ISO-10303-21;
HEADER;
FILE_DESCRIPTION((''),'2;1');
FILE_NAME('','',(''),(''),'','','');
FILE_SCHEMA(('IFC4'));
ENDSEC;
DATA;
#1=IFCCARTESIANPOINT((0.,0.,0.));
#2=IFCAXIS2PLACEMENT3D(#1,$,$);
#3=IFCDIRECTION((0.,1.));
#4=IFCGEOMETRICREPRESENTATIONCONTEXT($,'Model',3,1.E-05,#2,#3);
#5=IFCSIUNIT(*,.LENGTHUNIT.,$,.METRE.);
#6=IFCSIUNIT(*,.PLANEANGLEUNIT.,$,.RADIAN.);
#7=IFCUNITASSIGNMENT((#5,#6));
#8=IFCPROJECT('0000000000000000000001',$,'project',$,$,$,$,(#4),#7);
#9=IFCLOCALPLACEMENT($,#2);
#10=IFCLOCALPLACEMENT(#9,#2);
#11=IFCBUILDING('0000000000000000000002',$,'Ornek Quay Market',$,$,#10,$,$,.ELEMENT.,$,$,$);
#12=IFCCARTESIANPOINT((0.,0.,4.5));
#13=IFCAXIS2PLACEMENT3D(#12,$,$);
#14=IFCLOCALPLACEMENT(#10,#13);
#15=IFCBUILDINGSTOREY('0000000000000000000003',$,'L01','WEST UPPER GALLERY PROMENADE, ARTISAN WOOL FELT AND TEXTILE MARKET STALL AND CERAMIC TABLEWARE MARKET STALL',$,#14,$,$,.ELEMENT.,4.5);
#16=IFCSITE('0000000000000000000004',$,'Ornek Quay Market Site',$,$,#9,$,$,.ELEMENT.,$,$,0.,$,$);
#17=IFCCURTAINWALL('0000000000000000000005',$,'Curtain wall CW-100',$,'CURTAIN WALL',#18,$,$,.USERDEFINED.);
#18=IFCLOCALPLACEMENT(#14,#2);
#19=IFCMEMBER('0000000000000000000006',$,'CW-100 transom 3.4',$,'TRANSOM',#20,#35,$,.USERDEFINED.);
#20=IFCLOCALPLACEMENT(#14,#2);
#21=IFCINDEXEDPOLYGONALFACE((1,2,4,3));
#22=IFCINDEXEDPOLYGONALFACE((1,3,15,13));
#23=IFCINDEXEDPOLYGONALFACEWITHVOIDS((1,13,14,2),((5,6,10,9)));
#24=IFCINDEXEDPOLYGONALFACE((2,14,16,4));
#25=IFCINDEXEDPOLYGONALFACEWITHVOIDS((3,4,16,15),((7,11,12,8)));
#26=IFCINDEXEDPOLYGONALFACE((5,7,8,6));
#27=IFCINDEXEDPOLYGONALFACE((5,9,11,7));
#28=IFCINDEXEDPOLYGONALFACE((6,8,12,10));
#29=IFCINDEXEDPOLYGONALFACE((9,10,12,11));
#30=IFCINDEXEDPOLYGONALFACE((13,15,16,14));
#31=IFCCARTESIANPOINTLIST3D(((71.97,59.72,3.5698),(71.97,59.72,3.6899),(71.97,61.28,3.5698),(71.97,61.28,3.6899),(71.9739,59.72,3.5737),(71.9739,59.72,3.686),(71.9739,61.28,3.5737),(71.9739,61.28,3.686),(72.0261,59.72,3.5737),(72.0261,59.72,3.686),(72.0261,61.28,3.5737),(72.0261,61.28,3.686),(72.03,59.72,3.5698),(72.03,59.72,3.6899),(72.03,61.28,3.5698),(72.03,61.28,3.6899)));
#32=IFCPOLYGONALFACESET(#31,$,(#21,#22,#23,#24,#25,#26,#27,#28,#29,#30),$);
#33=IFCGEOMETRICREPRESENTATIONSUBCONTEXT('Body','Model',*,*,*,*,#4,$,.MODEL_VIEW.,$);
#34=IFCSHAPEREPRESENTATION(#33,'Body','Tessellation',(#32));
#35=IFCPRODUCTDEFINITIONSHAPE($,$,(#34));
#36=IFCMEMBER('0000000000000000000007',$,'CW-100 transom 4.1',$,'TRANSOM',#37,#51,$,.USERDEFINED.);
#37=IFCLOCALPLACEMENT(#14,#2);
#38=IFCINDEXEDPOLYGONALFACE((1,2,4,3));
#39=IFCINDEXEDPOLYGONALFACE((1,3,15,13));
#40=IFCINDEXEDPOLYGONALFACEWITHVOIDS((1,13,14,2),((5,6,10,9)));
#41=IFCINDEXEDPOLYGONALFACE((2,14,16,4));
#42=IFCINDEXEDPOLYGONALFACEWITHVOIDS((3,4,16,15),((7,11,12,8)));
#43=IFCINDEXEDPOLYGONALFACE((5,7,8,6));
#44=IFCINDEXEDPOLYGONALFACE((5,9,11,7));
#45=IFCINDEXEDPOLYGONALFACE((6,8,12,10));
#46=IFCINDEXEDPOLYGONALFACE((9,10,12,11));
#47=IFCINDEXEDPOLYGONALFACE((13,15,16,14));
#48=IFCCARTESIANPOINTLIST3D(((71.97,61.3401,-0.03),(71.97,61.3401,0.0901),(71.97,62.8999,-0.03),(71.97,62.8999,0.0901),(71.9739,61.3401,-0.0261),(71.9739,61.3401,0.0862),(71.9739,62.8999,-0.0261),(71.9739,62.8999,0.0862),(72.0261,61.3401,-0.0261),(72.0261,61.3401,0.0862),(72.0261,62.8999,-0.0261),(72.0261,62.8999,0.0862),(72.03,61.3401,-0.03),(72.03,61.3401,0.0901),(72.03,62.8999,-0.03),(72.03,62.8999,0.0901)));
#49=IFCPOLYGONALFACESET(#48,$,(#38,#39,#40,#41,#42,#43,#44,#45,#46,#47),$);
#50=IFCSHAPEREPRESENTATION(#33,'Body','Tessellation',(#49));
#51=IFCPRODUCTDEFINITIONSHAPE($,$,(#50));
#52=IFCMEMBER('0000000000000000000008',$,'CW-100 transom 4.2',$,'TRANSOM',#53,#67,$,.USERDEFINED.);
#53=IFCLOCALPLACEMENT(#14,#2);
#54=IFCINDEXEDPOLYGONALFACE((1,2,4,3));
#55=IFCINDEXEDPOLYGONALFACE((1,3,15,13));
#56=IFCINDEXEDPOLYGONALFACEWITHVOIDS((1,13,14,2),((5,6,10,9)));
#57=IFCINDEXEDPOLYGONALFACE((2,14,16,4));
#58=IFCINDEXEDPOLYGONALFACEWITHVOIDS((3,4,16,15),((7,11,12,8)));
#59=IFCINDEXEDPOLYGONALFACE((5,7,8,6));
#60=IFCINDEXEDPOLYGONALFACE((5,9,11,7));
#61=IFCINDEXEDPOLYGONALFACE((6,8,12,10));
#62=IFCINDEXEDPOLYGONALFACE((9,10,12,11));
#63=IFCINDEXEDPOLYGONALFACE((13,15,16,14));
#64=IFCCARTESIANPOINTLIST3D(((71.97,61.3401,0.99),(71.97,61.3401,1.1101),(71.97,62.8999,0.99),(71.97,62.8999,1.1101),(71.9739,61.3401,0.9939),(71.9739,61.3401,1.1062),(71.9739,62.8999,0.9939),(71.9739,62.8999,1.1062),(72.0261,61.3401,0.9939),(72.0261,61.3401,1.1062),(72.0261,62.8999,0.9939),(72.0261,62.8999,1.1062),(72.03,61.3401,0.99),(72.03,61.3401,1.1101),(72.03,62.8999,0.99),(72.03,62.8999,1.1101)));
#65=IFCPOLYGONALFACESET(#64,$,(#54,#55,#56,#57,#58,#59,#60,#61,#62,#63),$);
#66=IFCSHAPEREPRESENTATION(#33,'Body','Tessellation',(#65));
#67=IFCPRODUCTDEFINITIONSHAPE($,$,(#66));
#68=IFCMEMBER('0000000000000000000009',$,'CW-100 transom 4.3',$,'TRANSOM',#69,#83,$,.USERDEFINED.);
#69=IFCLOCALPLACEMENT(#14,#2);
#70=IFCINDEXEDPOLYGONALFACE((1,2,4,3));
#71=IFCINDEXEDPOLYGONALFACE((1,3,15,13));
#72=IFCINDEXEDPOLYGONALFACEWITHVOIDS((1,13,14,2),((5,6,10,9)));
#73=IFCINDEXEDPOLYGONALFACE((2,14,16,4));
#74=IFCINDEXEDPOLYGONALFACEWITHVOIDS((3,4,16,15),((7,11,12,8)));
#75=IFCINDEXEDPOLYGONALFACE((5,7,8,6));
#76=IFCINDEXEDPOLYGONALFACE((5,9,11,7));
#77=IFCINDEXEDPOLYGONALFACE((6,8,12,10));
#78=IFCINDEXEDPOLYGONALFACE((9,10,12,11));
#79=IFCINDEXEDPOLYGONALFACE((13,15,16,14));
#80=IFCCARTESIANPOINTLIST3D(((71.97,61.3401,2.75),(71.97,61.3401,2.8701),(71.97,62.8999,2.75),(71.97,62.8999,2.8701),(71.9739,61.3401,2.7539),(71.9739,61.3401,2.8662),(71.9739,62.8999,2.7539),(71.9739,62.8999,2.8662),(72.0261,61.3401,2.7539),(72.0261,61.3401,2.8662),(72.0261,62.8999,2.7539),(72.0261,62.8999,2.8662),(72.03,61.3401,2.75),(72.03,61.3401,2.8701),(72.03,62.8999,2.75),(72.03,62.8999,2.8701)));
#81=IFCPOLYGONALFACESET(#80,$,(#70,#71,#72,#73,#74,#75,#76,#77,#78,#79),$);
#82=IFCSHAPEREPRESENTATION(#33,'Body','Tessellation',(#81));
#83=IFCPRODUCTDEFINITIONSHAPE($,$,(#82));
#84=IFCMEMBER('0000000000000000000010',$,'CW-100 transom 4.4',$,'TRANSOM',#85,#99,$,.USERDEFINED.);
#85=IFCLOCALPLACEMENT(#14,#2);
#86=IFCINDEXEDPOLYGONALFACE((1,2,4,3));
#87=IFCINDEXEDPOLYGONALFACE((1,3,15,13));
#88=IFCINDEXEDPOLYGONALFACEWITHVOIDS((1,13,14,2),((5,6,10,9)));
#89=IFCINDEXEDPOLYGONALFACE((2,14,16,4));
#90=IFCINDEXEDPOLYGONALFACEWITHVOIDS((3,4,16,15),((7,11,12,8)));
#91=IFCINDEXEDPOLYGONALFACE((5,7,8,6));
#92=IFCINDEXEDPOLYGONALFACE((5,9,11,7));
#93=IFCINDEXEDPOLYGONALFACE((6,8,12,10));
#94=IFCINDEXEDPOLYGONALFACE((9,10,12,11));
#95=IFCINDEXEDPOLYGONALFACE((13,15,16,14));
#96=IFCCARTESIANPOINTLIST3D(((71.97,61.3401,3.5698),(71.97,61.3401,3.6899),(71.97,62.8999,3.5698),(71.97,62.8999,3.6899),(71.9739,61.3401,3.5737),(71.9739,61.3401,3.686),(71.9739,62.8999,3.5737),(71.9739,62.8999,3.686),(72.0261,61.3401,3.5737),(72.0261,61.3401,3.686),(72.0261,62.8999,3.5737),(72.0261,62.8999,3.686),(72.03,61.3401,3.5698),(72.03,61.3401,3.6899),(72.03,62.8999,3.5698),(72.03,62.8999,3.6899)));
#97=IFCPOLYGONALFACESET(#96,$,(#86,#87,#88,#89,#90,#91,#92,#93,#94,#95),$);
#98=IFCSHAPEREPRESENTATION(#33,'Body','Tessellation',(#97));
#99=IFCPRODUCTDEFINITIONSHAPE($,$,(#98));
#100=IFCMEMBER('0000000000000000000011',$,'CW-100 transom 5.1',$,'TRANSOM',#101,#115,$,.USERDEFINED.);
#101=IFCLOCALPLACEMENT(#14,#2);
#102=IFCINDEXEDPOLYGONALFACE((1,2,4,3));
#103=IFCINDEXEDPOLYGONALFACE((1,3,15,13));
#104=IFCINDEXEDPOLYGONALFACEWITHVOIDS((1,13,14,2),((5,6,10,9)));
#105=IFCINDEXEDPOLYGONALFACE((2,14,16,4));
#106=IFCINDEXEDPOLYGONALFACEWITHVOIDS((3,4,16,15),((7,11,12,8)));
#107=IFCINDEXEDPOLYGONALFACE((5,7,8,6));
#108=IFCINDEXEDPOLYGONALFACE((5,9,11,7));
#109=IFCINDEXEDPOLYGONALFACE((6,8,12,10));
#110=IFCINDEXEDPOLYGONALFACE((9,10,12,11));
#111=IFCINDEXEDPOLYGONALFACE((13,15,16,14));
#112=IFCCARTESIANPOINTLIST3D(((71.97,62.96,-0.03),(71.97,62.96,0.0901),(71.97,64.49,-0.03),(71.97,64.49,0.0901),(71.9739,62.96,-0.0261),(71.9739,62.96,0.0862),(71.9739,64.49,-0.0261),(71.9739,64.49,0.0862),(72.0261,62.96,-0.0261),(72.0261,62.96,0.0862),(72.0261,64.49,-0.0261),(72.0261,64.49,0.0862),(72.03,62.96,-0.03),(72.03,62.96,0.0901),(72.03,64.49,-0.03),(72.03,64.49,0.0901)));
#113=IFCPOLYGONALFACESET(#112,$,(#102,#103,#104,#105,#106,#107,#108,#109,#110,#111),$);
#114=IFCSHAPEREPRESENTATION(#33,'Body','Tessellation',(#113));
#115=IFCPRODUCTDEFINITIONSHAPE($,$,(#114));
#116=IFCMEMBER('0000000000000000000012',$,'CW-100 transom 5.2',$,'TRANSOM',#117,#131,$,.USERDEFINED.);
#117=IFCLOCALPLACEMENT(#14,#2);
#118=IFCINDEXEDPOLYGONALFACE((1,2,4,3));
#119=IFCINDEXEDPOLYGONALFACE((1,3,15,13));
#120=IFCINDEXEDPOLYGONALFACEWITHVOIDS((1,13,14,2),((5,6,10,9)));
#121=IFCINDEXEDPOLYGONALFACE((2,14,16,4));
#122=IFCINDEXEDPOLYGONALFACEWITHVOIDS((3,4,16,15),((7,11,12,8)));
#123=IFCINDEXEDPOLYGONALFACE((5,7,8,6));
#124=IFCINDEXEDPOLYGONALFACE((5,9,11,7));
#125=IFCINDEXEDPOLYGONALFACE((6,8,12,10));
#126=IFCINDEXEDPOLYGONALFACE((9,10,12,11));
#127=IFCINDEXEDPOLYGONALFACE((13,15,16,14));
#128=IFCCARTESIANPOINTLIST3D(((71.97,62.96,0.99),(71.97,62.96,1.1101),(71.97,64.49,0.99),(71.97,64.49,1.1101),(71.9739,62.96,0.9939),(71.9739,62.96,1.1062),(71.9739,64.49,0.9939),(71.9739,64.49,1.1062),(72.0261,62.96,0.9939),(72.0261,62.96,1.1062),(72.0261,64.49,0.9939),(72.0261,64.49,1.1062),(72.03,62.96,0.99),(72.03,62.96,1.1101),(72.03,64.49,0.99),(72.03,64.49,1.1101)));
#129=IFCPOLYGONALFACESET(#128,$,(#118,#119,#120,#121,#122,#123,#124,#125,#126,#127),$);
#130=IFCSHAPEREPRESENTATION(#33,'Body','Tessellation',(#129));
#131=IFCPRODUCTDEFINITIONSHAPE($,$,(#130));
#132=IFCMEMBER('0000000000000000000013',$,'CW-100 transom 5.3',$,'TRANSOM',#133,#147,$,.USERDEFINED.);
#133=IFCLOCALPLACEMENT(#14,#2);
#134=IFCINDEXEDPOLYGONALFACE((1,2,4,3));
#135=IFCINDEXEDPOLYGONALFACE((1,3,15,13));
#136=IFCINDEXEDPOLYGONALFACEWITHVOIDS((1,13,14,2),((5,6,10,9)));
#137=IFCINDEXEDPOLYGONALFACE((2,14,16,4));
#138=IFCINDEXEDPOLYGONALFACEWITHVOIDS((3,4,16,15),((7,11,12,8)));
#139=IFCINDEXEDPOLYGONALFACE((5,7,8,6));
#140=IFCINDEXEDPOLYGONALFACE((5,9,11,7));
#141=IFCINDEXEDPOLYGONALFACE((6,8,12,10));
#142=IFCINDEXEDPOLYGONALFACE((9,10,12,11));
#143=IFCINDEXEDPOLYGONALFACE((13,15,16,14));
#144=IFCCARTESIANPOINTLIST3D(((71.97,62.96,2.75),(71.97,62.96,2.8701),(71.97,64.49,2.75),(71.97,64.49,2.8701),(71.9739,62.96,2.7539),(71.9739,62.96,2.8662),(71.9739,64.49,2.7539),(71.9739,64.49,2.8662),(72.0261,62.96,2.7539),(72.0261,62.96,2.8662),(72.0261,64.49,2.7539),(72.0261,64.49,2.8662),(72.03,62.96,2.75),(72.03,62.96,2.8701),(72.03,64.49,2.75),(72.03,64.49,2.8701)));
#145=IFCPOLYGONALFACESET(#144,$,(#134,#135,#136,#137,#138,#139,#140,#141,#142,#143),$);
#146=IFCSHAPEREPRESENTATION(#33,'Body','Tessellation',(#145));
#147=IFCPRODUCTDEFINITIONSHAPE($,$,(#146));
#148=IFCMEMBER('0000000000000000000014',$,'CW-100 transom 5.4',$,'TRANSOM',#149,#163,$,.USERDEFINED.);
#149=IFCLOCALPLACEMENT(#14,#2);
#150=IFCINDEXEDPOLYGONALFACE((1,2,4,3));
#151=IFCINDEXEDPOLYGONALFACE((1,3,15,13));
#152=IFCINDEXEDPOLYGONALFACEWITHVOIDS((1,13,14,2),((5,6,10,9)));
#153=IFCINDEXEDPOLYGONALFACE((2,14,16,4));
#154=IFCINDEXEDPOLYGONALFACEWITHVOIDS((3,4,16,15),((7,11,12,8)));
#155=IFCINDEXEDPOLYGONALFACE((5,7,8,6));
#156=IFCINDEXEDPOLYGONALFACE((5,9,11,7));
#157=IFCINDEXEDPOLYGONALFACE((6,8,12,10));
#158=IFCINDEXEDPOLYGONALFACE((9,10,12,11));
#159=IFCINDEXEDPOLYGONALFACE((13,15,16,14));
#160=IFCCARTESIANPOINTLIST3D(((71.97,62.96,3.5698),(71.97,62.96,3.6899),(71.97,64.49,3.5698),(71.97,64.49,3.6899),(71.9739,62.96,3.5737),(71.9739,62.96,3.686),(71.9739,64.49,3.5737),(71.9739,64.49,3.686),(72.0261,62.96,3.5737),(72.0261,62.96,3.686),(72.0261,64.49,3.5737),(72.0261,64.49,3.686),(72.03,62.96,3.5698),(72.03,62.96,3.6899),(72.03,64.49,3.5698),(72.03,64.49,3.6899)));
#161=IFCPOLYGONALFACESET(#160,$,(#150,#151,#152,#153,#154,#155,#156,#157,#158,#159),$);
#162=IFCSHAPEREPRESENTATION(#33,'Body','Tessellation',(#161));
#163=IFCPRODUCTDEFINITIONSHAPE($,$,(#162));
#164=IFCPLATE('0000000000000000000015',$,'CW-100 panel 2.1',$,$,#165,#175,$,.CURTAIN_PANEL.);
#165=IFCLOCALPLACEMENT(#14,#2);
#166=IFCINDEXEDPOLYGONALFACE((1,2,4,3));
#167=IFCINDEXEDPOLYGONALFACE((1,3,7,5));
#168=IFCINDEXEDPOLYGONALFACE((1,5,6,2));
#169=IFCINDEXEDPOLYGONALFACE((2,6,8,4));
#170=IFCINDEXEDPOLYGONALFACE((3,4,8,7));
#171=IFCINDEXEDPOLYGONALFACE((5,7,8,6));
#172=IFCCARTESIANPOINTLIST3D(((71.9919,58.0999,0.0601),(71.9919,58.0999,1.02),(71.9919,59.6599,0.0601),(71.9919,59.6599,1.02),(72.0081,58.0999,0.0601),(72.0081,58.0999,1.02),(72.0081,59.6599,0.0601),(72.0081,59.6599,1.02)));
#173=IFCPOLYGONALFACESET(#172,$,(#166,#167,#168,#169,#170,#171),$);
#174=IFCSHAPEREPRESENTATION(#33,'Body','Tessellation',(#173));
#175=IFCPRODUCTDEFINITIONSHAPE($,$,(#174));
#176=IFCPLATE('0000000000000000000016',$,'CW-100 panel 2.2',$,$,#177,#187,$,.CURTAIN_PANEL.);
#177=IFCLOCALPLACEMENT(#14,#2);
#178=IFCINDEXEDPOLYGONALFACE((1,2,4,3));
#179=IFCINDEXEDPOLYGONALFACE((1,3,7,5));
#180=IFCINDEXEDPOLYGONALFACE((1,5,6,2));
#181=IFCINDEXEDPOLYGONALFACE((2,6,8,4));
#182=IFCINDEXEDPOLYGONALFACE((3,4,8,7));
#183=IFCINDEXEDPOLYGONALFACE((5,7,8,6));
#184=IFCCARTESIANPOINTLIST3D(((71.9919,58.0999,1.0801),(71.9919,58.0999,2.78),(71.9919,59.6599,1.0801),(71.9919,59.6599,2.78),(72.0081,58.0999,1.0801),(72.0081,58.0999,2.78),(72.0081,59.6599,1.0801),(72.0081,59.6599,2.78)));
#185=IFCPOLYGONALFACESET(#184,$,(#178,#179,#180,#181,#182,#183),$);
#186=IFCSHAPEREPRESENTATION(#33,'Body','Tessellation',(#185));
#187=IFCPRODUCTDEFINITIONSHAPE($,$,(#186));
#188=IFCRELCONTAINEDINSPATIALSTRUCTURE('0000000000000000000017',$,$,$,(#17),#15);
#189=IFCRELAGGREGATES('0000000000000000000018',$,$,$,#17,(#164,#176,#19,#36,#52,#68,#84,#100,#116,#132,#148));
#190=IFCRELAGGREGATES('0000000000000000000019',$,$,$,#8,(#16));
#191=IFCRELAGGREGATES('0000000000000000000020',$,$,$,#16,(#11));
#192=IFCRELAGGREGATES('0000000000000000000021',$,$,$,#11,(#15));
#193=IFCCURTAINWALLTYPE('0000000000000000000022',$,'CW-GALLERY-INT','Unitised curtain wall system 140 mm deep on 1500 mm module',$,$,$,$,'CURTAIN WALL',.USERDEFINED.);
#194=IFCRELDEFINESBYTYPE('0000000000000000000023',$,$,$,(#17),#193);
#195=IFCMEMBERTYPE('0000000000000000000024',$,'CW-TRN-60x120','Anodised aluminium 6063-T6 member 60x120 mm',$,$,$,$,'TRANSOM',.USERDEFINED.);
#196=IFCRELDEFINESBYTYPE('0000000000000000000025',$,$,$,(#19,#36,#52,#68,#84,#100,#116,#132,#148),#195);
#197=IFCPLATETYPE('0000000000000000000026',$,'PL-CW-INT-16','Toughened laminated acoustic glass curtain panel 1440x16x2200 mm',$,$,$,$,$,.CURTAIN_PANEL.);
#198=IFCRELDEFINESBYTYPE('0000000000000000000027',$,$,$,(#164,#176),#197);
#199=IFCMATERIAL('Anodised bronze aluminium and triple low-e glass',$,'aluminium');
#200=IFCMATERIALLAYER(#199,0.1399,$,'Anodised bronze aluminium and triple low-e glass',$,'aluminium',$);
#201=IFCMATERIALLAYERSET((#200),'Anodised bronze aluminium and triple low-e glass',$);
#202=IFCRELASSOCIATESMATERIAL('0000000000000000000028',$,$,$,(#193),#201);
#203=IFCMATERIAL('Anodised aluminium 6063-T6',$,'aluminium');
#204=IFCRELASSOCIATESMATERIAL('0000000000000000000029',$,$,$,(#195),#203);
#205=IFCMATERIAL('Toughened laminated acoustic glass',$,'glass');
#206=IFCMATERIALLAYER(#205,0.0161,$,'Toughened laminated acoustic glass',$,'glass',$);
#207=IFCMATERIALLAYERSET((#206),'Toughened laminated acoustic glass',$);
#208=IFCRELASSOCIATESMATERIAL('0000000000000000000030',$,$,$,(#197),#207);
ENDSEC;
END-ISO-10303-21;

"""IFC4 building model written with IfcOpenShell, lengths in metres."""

from ifc_helpers import new_model, si_unit, direction, frame, origin, origin_2d, place, context, subcontext, project, spatial, rectangle, hollow_rectangle, extrude, material, layer, layer_set, material_profile, profile_set, type_object, element, aggregate, save


model = new_model("IFC4")

# Units and contexts
model_context = context("Model", 3, precision=1e-05, world=origin(), true_north=direction((0.0, 1.0)))
body_context = subcontext(model_context, "Body", "Model", "MODEL_VIEW")
ifc_project = project(units=[si_unit("LENGTHUNIT", "METRE"), si_unit("PLANEANGLEUNIT", "RADIAN")], contexts=[model_context])

# Site, building, storey
site_placement = place(None, origin())
site = spatial("IfcSite", under=ifc_project, at=site_placement, Name="Ornek Quay Market Site", CompositionType="ELEMENT", RefElevation=0.0)
building_placement = place(site_placement, origin())
building = spatial("IfcBuilding", under=site, at=building_placement, Name="Ornek Quay Market", CompositionType="ELEMENT")
storey_placement = place(building_placement, frame((0.0, 0.0, 4.5)))
storey = spatial("IfcBuildingStorey", under=building, at=storey_placement, Name="L01", Description="WEST UPPER GALLERY PROMENADE, ARTISAN WOOL FELT AND TEXTILE MARKET STALL AND CERAMIC TABLEWARE MARKET STALL", CompositionType="ELEMENT", Elevation=4.5)

# Curtain wall, members, plates
ifc_material_1 = material(Name="Anodised bronze aluminium and triple low-e glass", Category="aluminium")
ifc_layer_1 = layer(ifc_material_1, 0.1399, Name="Anodised bronze aluminium and triple low-e glass", Category="aluminium")
ifc_layer_set_1 = layer_set([ifc_layer_1], Name="Anodised bronze aluminium and triple low-e glass")
curtain_wall_type = type_object("IfcCurtainWallType", Name="CW-GALLERY-INT", Description="Unitised curtain wall system 140 mm deep on 1500 mm module", ElementType="CURTAIN WALL", PredefinedType="USERDEFINED", material=ifc_layer_set_1)
curtain_wall_placement = place(storey_placement, origin())
curtain_wall = element("IfcCurtainWall", 1, at=curtain_wall_placement, inside=storey, type_object=curtain_wall_type, Name="Curtain wall CW-100", ObjectType="CURTAIN WALL", PredefinedType="USERDEFINED")
ifc_material_2 = material(Name="Anodised aluminium 6063-T6", Category="aluminium")
ifc_material_profile_1 = material_profile(ifc_material_2, hollow_rectangle(XDim=0.0601, YDim=0.1201, WallThickness=0.0039, at=origin_2d()), Name="CW-TRN-60x120", Category="aluminium")
ifc_profile_set_1 = profile_set([ifc_material_profile_1], Name="Anodised aluminium 6063-T6")
member_type_1 = type_object("IfcMemberType", Name="CW-TRN-60x120", Description="Anodised aluminium 6063-T6 member 60x120 mm", ElementType="TRANSOM", PredefinedType="USERDEFINED", material=ifc_profile_set_1)
member_1_placement = place(storey_placement, frame((72.0, 59.72, 3.6299), z_axis=(0.0, 1.0, 0.0), x_axis=(-1.0, 0.0, 0.0)))
member_1 = element("IfcMember", 2, at=member_1_placement, type_object=member_type_1, Name="CW-100 transom 3.4", ObjectType="TRANSOM", PredefinedType="USERDEFINED", context=body_context, shape_type="SweptSolid", body=[
    extrude(hollow_rectangle(XDim=0.0601, YDim=0.1201, WallThickness=0.0039, at=origin_2d()), origin(), (0.0, 0.0, 1.0), 1.5601),
])
member_2_placement = place(storey_placement, frame((72.0, 61.3401, 0.03), z_axis=(0.0, 1.0, 0.0), x_axis=(-1.0, 0.0, 0.0)))
member_2 = element("IfcMember", 3, at=member_2_placement, type_object=member_type_1, Name="CW-100 transom 4.1", ObjectType="TRANSOM", PredefinedType="USERDEFINED", context=body_context, shape_type="SweptSolid", body=[
    extrude(hollow_rectangle(XDim=0.0601, YDim=0.1201, WallThickness=0.0039, at=origin_2d()), origin(), (0.0, 0.0, 1.0), 1.5598),
])
member_3_placement = place(storey_placement, frame((72.0, 61.3401, 1.05), z_axis=(0.0, 1.0, 0.0), x_axis=(-1.0, 0.0, 0.0)))
member_3 = element("IfcMember", 4, at=member_3_placement, type_object=member_type_1, Name="CW-100 transom 4.2", ObjectType="TRANSOM", PredefinedType="USERDEFINED", context=body_context, shape_type="SweptSolid", body=[
    extrude(hollow_rectangle(XDim=0.0601, YDim=0.1201, WallThickness=0.0039, at=origin_2d()), origin(), (0.0, 0.0, 1.0), 1.5598),
])
member_4_placement = place(storey_placement, frame((72.0, 61.3401, 2.8101), z_axis=(0.0, 1.0, 0.0), x_axis=(-1.0, 0.0, 0.0)))
member_4 = element("IfcMember", 5, at=member_4_placement, type_object=member_type_1, Name="CW-100 transom 4.3", ObjectType="TRANSOM", PredefinedType="USERDEFINED", context=body_context, shape_type="SweptSolid", body=[
    extrude(hollow_rectangle(XDim=0.0601, YDim=0.1201, WallThickness=0.0039, at=origin_2d()), origin(), (0.0, 0.0, 1.0), 1.5598),
])
member_5_placement = place(storey_placement, frame((72.0, 61.3401, 3.6299), z_axis=(0.0, 1.0, 0.0), x_axis=(-1.0, 0.0, 0.0)))
member_5 = element("IfcMember", 6, at=member_5_placement, type_object=member_type_1, Name="CW-100 transom 4.4", ObjectType="TRANSOM", PredefinedType="USERDEFINED", context=body_context, shape_type="SweptSolid", body=[
    extrude(hollow_rectangle(XDim=0.0601, YDim=0.1201, WallThickness=0.0039, at=origin_2d()), origin(), (0.0, 0.0, 1.0), 1.5598),
])
member_6_placement = place(storey_placement, frame((72.0, 62.96, 0.03), z_axis=(0.0, 1.0, 0.0), x_axis=(-1.0, 0.0, 0.0)))
member_6 = element("IfcMember", 7, at=member_6_placement, type_object=member_type_1, Name="CW-100 transom 5.1", ObjectType="TRANSOM", PredefinedType="USERDEFINED", context=body_context, shape_type="SweptSolid", body=[
    extrude(hollow_rectangle(XDim=0.0601, YDim=0.1201, WallThickness=0.0039, at=origin_2d()), origin(), (0.0, 0.0, 1.0), 1.53),
])
member_7_placement = place(storey_placement, frame((72.0, 62.96, 1.05), z_axis=(0.0, 1.0, 0.0), x_axis=(-1.0, 0.0, 0.0)))
member_7 = element("IfcMember", 8, at=member_7_placement, type_object=member_type_1, Name="CW-100 transom 5.2", ObjectType="TRANSOM", PredefinedType="USERDEFINED", context=body_context, shape_type="SweptSolid", body=[
    extrude(hollow_rectangle(XDim=0.0601, YDim=0.1201, WallThickness=0.0039, at=origin_2d()), origin(), (0.0, 0.0, 1.0), 1.53),
])
member_8_placement = place(storey_placement, frame((72.0, 62.96, 2.8101), z_axis=(0.0, 1.0, 0.0), x_axis=(-1.0, 0.0, 0.0)))
member_8 = element("IfcMember", 9, at=member_8_placement, type_object=member_type_1, Name="CW-100 transom 5.3", ObjectType="TRANSOM", PredefinedType="USERDEFINED", context=body_context, shape_type="SweptSolid", body=[
    extrude(hollow_rectangle(XDim=0.0601, YDim=0.1201, WallThickness=0.0039, at=origin_2d()), origin(), (0.0, 0.0, 1.0), 1.53),
])
member_9_placement = place(storey_placement, frame((72.0, 62.96, 3.6299), z_axis=(0.0, 1.0, 0.0), x_axis=(-1.0, 0.0, 0.0)))
member_9 = element("IfcMember", 10, at=member_9_placement, type_object=member_type_1, Name="CW-100 transom 5.4", ObjectType="TRANSOM", PredefinedType="USERDEFINED", context=body_context, shape_type="SweptSolid", body=[
    extrude(hollow_rectangle(XDim=0.0601, YDim=0.1201, WallThickness=0.0039, at=origin_2d()), origin(), (0.0, 0.0, 1.0), 1.53),
])
ifc_material_3 = material(Name="Toughened laminated acoustic glass", Category="glass")
ifc_layer_2 = layer(ifc_material_3, 0.0161, Name="Toughened laminated acoustic glass", Category="glass")
ifc_layer_set_2 = layer_set([ifc_layer_2], Name="Toughened laminated acoustic glass")
plate_type = type_object("IfcPlateType", Name="PL-CW-INT-16", Description="Toughened laminated acoustic glass curtain panel 1440x16x2200 mm", PredefinedType="CURTAIN_PANEL", material=ifc_layer_set_2)
plate_1_placement = place(storey_placement, frame((72.0, 58.8799, 0.0601), z_axis=(0.0, 0.0, 1.0), x_axis=(0.0, 1.0, 0.0)))
plate_1 = element("IfcPlate", 11, at=plate_1_placement, type_object=plate_type, Name="CW-100 panel 2.1", PredefinedType="CURTAIN_PANEL", context=body_context, shape_type="SweptSolid", body=[
    extrude(rectangle(XDim=1.5601, YDim=0.0161, at=origin_2d()), origin(), (0.0, 0.0, 1.0), 0.96),
])
plate_2_placement = place(storey_placement, frame((72.0, 58.8799, 1.0801), z_axis=(0.0, 0.0, 1.0), x_axis=(0.0, 1.0, 0.0)))
plate_2 = element("IfcPlate", 12, at=plate_2_placement, type_object=plate_type, Name="CW-100 panel 2.2", PredefinedType="CURTAIN_PANEL", context=body_context, shape_type="SweptSolid", body=[
    extrude(rectangle(XDim=1.5601, YDim=0.0161, at=origin_2d()), origin(), (0.0, 0.0, 1.0), 1.7),
])
aggregate(curtain_wall, [plate_1, plate_2, member_1, member_2, member_3, member_4, member_5, member_6, member_7, member_8, member_9])

save(model, "model.ifc")
